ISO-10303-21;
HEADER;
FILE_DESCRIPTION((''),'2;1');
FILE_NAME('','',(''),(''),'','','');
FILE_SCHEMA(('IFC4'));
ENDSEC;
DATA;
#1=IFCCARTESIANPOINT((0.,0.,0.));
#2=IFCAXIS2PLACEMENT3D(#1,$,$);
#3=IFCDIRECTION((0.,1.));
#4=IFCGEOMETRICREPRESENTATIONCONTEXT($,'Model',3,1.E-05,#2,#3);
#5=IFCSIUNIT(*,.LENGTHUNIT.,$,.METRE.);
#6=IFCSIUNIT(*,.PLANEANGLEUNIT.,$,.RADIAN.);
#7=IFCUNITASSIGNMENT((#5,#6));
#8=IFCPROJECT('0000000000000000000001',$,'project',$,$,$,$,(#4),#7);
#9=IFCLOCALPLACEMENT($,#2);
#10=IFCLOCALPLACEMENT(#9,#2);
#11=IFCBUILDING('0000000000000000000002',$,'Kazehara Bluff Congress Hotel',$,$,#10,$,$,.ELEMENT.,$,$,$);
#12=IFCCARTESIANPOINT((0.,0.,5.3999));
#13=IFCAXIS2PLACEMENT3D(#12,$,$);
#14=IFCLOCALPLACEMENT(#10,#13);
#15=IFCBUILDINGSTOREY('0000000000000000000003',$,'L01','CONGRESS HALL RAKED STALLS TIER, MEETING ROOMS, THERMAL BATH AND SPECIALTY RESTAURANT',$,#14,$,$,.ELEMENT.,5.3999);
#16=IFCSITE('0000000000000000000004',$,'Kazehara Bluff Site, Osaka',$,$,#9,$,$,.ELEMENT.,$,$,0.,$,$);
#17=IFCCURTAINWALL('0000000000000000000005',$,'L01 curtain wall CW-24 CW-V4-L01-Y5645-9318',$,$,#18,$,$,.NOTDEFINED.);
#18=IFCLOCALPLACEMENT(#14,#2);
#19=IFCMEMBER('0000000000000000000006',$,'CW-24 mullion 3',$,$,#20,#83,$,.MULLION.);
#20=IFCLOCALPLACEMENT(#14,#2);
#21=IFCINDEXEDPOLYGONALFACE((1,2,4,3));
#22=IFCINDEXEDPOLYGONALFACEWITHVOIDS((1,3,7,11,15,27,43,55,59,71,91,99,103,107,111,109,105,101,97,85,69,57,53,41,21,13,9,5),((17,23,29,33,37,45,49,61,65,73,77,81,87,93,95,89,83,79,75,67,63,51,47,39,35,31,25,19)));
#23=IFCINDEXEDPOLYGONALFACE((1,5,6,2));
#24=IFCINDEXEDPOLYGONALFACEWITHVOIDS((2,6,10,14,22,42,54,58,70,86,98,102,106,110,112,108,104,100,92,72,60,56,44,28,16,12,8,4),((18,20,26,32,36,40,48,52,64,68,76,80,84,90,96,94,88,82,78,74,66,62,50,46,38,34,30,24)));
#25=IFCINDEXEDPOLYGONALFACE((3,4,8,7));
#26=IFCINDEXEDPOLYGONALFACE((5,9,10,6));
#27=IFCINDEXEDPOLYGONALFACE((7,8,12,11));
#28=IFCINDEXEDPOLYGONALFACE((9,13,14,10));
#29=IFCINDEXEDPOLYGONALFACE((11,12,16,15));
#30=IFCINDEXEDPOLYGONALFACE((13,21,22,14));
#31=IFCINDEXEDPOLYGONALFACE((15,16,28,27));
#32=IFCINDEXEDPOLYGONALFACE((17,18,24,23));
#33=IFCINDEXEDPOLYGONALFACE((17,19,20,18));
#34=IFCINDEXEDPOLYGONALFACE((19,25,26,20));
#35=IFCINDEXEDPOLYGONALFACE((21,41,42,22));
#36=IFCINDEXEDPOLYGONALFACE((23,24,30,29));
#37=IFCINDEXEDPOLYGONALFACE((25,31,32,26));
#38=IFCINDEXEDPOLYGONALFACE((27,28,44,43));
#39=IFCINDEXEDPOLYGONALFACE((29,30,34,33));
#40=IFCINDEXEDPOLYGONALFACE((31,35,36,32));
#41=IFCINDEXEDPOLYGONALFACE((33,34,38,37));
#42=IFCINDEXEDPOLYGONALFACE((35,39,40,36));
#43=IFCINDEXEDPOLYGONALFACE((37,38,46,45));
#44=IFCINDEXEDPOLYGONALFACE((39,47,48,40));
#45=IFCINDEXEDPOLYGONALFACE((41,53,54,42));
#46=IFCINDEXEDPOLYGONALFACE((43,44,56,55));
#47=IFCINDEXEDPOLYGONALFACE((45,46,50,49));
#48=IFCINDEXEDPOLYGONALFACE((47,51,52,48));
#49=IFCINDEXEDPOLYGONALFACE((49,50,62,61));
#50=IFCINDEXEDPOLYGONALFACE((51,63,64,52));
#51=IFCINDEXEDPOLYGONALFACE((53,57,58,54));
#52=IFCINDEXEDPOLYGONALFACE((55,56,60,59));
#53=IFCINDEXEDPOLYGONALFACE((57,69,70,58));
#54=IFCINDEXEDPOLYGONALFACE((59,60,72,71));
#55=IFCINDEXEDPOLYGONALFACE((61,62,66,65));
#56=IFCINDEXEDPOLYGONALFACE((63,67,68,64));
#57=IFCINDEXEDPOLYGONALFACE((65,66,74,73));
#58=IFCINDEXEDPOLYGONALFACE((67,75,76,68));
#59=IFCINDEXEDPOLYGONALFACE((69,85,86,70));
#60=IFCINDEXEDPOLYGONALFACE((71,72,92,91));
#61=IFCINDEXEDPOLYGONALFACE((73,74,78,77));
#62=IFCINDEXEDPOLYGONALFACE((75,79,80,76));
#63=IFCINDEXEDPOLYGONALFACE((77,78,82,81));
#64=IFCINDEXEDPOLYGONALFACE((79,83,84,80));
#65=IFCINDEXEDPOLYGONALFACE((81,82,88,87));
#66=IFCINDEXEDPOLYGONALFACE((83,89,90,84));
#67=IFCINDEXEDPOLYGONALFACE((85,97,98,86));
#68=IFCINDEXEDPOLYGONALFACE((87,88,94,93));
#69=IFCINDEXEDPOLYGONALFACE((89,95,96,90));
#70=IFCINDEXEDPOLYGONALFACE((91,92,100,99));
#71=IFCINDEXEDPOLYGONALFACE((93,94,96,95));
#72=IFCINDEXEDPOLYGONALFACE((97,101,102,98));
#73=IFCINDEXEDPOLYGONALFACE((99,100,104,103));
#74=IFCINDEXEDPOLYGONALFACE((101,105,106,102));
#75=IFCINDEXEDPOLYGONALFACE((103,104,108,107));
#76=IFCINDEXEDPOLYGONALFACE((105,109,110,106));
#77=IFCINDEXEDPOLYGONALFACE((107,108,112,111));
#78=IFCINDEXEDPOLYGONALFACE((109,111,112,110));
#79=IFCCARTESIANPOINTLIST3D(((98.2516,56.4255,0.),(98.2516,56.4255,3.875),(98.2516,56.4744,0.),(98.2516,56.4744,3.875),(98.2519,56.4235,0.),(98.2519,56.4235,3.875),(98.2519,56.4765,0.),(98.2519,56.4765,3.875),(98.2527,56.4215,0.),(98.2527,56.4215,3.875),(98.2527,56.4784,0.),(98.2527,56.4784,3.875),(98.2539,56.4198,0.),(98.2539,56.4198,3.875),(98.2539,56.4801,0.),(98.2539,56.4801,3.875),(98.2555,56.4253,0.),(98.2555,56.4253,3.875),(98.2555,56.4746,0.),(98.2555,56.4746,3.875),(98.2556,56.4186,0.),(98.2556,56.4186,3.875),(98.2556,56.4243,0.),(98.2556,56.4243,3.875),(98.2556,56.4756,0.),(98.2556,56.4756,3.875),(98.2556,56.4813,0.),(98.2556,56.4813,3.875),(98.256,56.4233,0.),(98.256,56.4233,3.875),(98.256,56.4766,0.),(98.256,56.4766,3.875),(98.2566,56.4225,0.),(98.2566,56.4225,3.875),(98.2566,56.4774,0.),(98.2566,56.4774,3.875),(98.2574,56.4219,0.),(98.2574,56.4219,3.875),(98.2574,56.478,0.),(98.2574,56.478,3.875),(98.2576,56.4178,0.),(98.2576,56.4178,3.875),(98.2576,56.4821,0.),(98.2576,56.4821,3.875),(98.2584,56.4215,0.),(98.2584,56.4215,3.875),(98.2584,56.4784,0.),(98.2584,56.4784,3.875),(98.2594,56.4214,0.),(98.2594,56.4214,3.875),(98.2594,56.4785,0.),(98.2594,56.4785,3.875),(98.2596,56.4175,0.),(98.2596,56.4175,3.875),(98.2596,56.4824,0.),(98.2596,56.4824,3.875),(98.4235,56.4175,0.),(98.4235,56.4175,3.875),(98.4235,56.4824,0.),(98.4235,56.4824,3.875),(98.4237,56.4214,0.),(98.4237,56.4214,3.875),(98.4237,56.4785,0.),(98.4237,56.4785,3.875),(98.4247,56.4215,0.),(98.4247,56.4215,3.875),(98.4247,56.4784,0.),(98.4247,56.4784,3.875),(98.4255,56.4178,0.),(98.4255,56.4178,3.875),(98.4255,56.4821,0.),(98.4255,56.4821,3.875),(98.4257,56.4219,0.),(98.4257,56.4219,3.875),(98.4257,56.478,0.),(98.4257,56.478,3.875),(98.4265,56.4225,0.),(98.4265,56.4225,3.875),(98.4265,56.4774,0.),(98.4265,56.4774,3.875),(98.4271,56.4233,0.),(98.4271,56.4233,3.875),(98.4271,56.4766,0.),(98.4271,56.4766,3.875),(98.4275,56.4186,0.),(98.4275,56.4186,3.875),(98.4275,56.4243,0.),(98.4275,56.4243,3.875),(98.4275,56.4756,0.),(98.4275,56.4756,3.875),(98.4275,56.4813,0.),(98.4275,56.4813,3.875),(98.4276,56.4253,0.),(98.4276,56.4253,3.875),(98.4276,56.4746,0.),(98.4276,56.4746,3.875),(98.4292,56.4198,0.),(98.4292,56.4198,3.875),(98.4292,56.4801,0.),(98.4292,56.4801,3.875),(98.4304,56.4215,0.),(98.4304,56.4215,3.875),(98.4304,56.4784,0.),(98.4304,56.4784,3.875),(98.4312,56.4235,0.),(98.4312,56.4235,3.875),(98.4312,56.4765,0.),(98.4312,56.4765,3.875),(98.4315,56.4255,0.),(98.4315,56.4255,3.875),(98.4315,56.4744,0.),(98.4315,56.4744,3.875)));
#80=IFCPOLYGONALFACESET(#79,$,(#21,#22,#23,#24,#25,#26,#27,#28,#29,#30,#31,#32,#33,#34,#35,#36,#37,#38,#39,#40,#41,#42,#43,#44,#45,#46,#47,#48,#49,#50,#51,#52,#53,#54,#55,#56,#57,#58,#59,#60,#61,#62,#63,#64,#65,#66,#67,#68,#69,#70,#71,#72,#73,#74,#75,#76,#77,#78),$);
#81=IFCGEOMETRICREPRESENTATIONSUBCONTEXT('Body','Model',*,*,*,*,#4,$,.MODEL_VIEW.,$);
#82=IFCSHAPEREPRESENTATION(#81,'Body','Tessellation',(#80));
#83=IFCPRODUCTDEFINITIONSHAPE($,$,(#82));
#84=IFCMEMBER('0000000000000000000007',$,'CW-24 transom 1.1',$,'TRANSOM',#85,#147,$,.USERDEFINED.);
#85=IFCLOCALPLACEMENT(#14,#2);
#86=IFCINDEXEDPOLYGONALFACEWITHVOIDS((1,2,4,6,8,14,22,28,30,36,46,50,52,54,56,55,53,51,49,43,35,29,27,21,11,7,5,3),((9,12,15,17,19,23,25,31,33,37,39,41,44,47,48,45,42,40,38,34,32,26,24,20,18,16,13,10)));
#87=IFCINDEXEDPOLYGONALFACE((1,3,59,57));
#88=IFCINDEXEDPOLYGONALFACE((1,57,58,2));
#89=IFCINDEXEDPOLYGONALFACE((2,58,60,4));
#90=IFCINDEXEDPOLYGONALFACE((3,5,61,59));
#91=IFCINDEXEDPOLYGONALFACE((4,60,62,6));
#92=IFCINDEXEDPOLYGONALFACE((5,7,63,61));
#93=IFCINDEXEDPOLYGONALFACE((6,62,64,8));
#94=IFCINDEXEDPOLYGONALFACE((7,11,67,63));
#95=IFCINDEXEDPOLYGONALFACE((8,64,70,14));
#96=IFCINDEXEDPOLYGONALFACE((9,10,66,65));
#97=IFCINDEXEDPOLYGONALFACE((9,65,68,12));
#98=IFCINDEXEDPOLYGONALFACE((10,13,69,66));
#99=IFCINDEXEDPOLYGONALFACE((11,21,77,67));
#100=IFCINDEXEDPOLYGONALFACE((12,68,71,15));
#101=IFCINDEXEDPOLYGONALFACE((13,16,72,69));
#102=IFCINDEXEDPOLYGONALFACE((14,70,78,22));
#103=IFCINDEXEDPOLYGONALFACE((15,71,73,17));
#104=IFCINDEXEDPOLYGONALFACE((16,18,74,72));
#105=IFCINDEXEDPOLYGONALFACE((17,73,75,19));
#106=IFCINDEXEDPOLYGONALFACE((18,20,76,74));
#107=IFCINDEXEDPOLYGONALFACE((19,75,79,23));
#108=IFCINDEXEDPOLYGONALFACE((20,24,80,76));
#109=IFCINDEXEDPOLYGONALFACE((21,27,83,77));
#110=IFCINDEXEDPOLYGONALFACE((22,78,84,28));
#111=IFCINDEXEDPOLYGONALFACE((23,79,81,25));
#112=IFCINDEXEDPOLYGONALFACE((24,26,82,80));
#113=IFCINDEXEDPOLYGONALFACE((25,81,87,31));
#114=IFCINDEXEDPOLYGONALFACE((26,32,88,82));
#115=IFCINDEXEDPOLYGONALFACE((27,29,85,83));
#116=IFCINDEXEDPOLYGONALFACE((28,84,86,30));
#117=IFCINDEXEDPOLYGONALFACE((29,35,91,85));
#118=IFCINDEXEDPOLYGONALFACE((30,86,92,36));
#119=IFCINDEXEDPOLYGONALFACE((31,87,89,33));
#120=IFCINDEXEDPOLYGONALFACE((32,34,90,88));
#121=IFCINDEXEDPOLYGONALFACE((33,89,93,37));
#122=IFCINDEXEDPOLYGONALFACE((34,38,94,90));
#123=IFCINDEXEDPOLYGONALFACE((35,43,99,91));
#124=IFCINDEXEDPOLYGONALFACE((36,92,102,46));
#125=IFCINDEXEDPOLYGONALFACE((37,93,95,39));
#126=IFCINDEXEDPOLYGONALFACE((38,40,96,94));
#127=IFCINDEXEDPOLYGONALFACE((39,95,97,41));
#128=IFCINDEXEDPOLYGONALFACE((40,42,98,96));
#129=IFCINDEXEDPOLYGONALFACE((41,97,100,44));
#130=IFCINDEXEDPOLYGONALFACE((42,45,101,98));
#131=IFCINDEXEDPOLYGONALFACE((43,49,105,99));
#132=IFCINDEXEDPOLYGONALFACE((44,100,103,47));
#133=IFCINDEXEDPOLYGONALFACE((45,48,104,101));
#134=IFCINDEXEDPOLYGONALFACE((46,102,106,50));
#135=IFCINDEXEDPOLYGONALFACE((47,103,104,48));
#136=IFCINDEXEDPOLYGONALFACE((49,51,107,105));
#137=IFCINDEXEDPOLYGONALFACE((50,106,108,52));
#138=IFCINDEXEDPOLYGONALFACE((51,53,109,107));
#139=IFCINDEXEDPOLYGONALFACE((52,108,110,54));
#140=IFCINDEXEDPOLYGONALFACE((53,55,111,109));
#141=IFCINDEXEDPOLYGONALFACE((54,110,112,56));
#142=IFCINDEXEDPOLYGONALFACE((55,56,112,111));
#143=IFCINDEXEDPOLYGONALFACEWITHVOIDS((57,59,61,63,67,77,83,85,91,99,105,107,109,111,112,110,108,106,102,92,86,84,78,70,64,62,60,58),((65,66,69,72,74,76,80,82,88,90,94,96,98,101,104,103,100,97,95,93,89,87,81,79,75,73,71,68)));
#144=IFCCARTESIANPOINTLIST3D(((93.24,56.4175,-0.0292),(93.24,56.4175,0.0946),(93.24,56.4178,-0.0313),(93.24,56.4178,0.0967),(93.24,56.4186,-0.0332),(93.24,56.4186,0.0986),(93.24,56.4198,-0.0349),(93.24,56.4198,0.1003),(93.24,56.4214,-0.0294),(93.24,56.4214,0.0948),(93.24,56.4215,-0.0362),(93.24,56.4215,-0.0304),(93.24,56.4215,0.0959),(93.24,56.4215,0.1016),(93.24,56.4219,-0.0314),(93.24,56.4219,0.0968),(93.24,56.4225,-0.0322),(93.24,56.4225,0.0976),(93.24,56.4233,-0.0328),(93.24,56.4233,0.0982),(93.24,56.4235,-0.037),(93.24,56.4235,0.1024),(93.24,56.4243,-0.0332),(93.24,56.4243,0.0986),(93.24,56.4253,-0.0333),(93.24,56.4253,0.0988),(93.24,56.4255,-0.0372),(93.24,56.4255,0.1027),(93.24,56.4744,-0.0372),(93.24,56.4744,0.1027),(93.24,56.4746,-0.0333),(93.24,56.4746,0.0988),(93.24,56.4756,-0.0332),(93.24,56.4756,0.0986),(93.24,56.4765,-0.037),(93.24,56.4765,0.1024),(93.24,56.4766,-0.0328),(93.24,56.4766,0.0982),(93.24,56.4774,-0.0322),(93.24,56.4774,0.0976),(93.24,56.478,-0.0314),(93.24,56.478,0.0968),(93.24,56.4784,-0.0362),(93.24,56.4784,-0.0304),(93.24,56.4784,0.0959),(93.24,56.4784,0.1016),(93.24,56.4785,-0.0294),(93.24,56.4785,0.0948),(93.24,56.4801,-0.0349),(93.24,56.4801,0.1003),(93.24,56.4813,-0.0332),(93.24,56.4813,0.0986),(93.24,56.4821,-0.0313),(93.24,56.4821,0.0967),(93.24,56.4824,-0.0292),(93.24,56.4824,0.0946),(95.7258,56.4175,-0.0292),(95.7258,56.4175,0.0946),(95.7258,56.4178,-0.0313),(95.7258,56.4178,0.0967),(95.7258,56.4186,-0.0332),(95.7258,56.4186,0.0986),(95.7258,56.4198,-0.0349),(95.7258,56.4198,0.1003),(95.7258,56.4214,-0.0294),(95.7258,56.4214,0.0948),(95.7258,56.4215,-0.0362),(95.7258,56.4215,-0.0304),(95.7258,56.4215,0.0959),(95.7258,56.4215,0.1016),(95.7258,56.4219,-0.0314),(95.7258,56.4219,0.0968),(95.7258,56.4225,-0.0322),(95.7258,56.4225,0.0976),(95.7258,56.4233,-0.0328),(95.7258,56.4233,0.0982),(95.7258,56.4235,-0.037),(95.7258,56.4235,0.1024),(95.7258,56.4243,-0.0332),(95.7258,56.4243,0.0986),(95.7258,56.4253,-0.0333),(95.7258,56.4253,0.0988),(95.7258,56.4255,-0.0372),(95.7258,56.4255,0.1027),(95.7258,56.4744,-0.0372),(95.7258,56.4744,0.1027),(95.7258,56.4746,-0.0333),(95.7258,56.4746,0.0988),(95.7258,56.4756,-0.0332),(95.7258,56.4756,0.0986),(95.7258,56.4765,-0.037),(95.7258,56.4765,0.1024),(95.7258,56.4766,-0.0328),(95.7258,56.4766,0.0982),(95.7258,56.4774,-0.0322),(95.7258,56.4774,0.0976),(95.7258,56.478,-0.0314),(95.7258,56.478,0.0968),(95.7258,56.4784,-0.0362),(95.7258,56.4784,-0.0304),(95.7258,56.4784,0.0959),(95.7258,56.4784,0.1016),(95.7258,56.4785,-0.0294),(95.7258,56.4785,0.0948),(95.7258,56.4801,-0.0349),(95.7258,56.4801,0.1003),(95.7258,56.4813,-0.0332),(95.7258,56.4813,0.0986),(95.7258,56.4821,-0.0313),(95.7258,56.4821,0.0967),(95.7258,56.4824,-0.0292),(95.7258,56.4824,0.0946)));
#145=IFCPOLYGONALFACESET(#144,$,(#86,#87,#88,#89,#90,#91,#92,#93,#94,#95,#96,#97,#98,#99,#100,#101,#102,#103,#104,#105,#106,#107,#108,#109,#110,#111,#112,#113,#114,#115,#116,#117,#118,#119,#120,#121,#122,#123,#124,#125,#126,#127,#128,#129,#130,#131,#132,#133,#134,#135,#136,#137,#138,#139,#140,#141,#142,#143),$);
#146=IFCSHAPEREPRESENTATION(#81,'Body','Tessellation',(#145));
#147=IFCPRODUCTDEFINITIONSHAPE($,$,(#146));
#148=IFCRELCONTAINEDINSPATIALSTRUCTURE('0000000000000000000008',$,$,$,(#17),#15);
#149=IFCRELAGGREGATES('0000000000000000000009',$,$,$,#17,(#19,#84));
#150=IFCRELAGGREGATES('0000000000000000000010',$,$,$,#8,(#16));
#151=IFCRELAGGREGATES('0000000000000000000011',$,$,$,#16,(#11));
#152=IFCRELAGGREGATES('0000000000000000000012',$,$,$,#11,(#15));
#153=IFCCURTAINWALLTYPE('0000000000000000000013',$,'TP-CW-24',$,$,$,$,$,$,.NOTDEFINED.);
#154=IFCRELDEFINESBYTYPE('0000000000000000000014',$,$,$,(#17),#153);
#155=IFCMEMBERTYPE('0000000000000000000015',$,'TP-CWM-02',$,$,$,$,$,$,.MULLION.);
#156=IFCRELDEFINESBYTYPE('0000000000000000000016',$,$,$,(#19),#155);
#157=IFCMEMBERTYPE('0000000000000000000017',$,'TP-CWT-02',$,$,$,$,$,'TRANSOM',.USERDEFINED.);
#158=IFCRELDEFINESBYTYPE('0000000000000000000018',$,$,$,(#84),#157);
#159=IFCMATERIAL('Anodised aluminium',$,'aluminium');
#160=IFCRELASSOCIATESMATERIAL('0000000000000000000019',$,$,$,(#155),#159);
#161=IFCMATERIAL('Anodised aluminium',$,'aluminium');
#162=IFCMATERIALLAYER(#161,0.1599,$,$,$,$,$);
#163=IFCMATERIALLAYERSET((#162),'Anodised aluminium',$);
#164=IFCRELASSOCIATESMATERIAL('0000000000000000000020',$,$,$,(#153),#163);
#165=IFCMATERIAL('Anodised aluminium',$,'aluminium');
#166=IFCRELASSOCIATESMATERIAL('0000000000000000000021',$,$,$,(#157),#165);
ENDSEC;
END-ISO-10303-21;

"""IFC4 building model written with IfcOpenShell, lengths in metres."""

from ifc_helpers import new_model, si_unit, direction, frame, origin, origin_2d, place, context, subcontext, project, spatial, hollow_rectangle, extrude, material, layer, layer_set, material_profile, profile_set, type_object, element, aggregate, save


model = new_model("IFC4")

# Units and contexts
model_context = context("Model", 3, precision=1e-05, world=origin(), true_north=direction((0.0, 1.0)))
body_context = subcontext(model_context, "Body", "Model", "MODEL_VIEW")
ifc_project = project(units=[si_unit("LENGTHUNIT", "METRE"), si_unit("PLANEANGLEUNIT", "RADIAN")], contexts=[model_context])

# Site, building, storey
site_placement = place(None, origin())
site = spatial("IfcSite", under=ifc_project, at=site_placement, Name="Kazehara Bluff Site, Osaka", CompositionType="ELEMENT", RefElevation=0.0)
building_placement = place(site_placement, origin())
building = spatial("IfcBuilding", under=site, at=building_placement, Name="Kazehara Bluff Congress Hotel", CompositionType="ELEMENT")
storey_placement = place(building_placement, frame((0.0, 0.0, 5.3999)))
storey = spatial("IfcBuildingStorey", under=building, at=storey_placement, Name="L01", Description="CONGRESS HALL RAKED STALLS TIER, MEETING ROOMS, THERMAL BATH AND SPECIALTY RESTAURANT", CompositionType="ELEMENT", Elevation=5.3999)

# Shared definitions
ifc_material_1 = material(Name="Anodised aluminium", Category="aluminium")
ifc_material_profile_1 = material_profile(ifc_material_1, hollow_rectangle(XDim=0.0649, YDim=0.1799, WallThickness=0.0039, InnerFilletRadius=0.0039, OuterFilletRadius=0.0081, at=origin_2d()))
ifc_profile_set_1 = profile_set([ifc_material_profile_1], Name="Anodised aluminium")
member_type_1 = type_object("IfcMemberType", Name="TP-CWM-02", PredefinedType="MULLION", material=ifc_profile_set_1)

# Curtain wall, members
ifc_material_2 = material(Name="Anodised aluminium", Category="aluminium")
ifc_layer_1 = layer(ifc_material_2, 0.1599)
ifc_layer_set_1 = layer_set([ifc_layer_1], Name="Anodised aluminium")
curtain_wall_type_1 = type_object("IfcCurtainWallType", Name="TP-CW-24", PredefinedType="NOTDEFINED", material=ifc_layer_set_1)
curtain_wall_1_placement = place(storey_placement, origin())
curtain_wall_1 = element("IfcCurtainWall", 1, at=curtain_wall_1_placement, inside=storey, type_object=curtain_wall_type_1, Name="L01 curtain wall CW-24 CW-V4-L01-Y5645-9318", PredefinedType="NOTDEFINED")
member_1_placement = place(storey_placement, frame((98.3416, 56.45, 0.0), z_axis=(0.0, 0.0, 1.0), x_axis=(0.0, 1.0, 0.0)))
member_1 = element("IfcMember", 2, at=member_1_placement, type_object=member_type_1, Name="CW-24 mullion 3", PredefinedType="MULLION", context=body_context, shape_type="SweptSolid", body=[
    extrude(hollow_rectangle(XDim=0.0649, YDim=0.1799, WallThickness=0.0039, InnerFilletRadius=0.0039, OuterFilletRadius=0.0081, at=origin_2d()), origin(), (0.0, 0.0, 1.0), 3.875),
])
ifc_material_3 = material(Name="Anodised aluminium", Category="aluminium")
ifc_material_profile_2 = material_profile(ifc_material_3, hollow_rectangle(XDim=0.0649, YDim=0.1399, WallThickness=0.0039, InnerFilletRadius=0.0039, OuterFilletRadius=0.0081, at=origin_2d()))
ifc_profile_set_2 = profile_set([ifc_material_profile_2], Name="Anodised aluminium")
member_type_2 = type_object("IfcMemberType", Name="TP-CWT-02", ElementType="TRANSOM", PredefinedType="USERDEFINED", material=ifc_profile_set_2)
member_2_placement = place(storey_placement, frame((93.24, 56.45, 0.0327), z_axis=(1.0, 0.0, 0.0), x_axis=(0.0, 1.0, 0.0)))
member_2 = element("IfcMember", 3, at=member_2_placement, type_object=member_type_2, Name="CW-24 transom 1.1", ObjectType="TRANSOM", PredefinedType="USERDEFINED", context=body_context, shape_type="SweptSolid", body=[
    extrude(hollow_rectangle(XDim=0.0649, YDim=0.1399, WallThickness=0.0039, InnerFilletRadius=0.0039, OuterFilletRadius=0.0081, at=origin_2d()), origin(), (0.0, 0.0, 1.0), 2.4858),
])

aggregate(curtain_wall_1, [member_1, member_2])

save(model, "model.ifc")
